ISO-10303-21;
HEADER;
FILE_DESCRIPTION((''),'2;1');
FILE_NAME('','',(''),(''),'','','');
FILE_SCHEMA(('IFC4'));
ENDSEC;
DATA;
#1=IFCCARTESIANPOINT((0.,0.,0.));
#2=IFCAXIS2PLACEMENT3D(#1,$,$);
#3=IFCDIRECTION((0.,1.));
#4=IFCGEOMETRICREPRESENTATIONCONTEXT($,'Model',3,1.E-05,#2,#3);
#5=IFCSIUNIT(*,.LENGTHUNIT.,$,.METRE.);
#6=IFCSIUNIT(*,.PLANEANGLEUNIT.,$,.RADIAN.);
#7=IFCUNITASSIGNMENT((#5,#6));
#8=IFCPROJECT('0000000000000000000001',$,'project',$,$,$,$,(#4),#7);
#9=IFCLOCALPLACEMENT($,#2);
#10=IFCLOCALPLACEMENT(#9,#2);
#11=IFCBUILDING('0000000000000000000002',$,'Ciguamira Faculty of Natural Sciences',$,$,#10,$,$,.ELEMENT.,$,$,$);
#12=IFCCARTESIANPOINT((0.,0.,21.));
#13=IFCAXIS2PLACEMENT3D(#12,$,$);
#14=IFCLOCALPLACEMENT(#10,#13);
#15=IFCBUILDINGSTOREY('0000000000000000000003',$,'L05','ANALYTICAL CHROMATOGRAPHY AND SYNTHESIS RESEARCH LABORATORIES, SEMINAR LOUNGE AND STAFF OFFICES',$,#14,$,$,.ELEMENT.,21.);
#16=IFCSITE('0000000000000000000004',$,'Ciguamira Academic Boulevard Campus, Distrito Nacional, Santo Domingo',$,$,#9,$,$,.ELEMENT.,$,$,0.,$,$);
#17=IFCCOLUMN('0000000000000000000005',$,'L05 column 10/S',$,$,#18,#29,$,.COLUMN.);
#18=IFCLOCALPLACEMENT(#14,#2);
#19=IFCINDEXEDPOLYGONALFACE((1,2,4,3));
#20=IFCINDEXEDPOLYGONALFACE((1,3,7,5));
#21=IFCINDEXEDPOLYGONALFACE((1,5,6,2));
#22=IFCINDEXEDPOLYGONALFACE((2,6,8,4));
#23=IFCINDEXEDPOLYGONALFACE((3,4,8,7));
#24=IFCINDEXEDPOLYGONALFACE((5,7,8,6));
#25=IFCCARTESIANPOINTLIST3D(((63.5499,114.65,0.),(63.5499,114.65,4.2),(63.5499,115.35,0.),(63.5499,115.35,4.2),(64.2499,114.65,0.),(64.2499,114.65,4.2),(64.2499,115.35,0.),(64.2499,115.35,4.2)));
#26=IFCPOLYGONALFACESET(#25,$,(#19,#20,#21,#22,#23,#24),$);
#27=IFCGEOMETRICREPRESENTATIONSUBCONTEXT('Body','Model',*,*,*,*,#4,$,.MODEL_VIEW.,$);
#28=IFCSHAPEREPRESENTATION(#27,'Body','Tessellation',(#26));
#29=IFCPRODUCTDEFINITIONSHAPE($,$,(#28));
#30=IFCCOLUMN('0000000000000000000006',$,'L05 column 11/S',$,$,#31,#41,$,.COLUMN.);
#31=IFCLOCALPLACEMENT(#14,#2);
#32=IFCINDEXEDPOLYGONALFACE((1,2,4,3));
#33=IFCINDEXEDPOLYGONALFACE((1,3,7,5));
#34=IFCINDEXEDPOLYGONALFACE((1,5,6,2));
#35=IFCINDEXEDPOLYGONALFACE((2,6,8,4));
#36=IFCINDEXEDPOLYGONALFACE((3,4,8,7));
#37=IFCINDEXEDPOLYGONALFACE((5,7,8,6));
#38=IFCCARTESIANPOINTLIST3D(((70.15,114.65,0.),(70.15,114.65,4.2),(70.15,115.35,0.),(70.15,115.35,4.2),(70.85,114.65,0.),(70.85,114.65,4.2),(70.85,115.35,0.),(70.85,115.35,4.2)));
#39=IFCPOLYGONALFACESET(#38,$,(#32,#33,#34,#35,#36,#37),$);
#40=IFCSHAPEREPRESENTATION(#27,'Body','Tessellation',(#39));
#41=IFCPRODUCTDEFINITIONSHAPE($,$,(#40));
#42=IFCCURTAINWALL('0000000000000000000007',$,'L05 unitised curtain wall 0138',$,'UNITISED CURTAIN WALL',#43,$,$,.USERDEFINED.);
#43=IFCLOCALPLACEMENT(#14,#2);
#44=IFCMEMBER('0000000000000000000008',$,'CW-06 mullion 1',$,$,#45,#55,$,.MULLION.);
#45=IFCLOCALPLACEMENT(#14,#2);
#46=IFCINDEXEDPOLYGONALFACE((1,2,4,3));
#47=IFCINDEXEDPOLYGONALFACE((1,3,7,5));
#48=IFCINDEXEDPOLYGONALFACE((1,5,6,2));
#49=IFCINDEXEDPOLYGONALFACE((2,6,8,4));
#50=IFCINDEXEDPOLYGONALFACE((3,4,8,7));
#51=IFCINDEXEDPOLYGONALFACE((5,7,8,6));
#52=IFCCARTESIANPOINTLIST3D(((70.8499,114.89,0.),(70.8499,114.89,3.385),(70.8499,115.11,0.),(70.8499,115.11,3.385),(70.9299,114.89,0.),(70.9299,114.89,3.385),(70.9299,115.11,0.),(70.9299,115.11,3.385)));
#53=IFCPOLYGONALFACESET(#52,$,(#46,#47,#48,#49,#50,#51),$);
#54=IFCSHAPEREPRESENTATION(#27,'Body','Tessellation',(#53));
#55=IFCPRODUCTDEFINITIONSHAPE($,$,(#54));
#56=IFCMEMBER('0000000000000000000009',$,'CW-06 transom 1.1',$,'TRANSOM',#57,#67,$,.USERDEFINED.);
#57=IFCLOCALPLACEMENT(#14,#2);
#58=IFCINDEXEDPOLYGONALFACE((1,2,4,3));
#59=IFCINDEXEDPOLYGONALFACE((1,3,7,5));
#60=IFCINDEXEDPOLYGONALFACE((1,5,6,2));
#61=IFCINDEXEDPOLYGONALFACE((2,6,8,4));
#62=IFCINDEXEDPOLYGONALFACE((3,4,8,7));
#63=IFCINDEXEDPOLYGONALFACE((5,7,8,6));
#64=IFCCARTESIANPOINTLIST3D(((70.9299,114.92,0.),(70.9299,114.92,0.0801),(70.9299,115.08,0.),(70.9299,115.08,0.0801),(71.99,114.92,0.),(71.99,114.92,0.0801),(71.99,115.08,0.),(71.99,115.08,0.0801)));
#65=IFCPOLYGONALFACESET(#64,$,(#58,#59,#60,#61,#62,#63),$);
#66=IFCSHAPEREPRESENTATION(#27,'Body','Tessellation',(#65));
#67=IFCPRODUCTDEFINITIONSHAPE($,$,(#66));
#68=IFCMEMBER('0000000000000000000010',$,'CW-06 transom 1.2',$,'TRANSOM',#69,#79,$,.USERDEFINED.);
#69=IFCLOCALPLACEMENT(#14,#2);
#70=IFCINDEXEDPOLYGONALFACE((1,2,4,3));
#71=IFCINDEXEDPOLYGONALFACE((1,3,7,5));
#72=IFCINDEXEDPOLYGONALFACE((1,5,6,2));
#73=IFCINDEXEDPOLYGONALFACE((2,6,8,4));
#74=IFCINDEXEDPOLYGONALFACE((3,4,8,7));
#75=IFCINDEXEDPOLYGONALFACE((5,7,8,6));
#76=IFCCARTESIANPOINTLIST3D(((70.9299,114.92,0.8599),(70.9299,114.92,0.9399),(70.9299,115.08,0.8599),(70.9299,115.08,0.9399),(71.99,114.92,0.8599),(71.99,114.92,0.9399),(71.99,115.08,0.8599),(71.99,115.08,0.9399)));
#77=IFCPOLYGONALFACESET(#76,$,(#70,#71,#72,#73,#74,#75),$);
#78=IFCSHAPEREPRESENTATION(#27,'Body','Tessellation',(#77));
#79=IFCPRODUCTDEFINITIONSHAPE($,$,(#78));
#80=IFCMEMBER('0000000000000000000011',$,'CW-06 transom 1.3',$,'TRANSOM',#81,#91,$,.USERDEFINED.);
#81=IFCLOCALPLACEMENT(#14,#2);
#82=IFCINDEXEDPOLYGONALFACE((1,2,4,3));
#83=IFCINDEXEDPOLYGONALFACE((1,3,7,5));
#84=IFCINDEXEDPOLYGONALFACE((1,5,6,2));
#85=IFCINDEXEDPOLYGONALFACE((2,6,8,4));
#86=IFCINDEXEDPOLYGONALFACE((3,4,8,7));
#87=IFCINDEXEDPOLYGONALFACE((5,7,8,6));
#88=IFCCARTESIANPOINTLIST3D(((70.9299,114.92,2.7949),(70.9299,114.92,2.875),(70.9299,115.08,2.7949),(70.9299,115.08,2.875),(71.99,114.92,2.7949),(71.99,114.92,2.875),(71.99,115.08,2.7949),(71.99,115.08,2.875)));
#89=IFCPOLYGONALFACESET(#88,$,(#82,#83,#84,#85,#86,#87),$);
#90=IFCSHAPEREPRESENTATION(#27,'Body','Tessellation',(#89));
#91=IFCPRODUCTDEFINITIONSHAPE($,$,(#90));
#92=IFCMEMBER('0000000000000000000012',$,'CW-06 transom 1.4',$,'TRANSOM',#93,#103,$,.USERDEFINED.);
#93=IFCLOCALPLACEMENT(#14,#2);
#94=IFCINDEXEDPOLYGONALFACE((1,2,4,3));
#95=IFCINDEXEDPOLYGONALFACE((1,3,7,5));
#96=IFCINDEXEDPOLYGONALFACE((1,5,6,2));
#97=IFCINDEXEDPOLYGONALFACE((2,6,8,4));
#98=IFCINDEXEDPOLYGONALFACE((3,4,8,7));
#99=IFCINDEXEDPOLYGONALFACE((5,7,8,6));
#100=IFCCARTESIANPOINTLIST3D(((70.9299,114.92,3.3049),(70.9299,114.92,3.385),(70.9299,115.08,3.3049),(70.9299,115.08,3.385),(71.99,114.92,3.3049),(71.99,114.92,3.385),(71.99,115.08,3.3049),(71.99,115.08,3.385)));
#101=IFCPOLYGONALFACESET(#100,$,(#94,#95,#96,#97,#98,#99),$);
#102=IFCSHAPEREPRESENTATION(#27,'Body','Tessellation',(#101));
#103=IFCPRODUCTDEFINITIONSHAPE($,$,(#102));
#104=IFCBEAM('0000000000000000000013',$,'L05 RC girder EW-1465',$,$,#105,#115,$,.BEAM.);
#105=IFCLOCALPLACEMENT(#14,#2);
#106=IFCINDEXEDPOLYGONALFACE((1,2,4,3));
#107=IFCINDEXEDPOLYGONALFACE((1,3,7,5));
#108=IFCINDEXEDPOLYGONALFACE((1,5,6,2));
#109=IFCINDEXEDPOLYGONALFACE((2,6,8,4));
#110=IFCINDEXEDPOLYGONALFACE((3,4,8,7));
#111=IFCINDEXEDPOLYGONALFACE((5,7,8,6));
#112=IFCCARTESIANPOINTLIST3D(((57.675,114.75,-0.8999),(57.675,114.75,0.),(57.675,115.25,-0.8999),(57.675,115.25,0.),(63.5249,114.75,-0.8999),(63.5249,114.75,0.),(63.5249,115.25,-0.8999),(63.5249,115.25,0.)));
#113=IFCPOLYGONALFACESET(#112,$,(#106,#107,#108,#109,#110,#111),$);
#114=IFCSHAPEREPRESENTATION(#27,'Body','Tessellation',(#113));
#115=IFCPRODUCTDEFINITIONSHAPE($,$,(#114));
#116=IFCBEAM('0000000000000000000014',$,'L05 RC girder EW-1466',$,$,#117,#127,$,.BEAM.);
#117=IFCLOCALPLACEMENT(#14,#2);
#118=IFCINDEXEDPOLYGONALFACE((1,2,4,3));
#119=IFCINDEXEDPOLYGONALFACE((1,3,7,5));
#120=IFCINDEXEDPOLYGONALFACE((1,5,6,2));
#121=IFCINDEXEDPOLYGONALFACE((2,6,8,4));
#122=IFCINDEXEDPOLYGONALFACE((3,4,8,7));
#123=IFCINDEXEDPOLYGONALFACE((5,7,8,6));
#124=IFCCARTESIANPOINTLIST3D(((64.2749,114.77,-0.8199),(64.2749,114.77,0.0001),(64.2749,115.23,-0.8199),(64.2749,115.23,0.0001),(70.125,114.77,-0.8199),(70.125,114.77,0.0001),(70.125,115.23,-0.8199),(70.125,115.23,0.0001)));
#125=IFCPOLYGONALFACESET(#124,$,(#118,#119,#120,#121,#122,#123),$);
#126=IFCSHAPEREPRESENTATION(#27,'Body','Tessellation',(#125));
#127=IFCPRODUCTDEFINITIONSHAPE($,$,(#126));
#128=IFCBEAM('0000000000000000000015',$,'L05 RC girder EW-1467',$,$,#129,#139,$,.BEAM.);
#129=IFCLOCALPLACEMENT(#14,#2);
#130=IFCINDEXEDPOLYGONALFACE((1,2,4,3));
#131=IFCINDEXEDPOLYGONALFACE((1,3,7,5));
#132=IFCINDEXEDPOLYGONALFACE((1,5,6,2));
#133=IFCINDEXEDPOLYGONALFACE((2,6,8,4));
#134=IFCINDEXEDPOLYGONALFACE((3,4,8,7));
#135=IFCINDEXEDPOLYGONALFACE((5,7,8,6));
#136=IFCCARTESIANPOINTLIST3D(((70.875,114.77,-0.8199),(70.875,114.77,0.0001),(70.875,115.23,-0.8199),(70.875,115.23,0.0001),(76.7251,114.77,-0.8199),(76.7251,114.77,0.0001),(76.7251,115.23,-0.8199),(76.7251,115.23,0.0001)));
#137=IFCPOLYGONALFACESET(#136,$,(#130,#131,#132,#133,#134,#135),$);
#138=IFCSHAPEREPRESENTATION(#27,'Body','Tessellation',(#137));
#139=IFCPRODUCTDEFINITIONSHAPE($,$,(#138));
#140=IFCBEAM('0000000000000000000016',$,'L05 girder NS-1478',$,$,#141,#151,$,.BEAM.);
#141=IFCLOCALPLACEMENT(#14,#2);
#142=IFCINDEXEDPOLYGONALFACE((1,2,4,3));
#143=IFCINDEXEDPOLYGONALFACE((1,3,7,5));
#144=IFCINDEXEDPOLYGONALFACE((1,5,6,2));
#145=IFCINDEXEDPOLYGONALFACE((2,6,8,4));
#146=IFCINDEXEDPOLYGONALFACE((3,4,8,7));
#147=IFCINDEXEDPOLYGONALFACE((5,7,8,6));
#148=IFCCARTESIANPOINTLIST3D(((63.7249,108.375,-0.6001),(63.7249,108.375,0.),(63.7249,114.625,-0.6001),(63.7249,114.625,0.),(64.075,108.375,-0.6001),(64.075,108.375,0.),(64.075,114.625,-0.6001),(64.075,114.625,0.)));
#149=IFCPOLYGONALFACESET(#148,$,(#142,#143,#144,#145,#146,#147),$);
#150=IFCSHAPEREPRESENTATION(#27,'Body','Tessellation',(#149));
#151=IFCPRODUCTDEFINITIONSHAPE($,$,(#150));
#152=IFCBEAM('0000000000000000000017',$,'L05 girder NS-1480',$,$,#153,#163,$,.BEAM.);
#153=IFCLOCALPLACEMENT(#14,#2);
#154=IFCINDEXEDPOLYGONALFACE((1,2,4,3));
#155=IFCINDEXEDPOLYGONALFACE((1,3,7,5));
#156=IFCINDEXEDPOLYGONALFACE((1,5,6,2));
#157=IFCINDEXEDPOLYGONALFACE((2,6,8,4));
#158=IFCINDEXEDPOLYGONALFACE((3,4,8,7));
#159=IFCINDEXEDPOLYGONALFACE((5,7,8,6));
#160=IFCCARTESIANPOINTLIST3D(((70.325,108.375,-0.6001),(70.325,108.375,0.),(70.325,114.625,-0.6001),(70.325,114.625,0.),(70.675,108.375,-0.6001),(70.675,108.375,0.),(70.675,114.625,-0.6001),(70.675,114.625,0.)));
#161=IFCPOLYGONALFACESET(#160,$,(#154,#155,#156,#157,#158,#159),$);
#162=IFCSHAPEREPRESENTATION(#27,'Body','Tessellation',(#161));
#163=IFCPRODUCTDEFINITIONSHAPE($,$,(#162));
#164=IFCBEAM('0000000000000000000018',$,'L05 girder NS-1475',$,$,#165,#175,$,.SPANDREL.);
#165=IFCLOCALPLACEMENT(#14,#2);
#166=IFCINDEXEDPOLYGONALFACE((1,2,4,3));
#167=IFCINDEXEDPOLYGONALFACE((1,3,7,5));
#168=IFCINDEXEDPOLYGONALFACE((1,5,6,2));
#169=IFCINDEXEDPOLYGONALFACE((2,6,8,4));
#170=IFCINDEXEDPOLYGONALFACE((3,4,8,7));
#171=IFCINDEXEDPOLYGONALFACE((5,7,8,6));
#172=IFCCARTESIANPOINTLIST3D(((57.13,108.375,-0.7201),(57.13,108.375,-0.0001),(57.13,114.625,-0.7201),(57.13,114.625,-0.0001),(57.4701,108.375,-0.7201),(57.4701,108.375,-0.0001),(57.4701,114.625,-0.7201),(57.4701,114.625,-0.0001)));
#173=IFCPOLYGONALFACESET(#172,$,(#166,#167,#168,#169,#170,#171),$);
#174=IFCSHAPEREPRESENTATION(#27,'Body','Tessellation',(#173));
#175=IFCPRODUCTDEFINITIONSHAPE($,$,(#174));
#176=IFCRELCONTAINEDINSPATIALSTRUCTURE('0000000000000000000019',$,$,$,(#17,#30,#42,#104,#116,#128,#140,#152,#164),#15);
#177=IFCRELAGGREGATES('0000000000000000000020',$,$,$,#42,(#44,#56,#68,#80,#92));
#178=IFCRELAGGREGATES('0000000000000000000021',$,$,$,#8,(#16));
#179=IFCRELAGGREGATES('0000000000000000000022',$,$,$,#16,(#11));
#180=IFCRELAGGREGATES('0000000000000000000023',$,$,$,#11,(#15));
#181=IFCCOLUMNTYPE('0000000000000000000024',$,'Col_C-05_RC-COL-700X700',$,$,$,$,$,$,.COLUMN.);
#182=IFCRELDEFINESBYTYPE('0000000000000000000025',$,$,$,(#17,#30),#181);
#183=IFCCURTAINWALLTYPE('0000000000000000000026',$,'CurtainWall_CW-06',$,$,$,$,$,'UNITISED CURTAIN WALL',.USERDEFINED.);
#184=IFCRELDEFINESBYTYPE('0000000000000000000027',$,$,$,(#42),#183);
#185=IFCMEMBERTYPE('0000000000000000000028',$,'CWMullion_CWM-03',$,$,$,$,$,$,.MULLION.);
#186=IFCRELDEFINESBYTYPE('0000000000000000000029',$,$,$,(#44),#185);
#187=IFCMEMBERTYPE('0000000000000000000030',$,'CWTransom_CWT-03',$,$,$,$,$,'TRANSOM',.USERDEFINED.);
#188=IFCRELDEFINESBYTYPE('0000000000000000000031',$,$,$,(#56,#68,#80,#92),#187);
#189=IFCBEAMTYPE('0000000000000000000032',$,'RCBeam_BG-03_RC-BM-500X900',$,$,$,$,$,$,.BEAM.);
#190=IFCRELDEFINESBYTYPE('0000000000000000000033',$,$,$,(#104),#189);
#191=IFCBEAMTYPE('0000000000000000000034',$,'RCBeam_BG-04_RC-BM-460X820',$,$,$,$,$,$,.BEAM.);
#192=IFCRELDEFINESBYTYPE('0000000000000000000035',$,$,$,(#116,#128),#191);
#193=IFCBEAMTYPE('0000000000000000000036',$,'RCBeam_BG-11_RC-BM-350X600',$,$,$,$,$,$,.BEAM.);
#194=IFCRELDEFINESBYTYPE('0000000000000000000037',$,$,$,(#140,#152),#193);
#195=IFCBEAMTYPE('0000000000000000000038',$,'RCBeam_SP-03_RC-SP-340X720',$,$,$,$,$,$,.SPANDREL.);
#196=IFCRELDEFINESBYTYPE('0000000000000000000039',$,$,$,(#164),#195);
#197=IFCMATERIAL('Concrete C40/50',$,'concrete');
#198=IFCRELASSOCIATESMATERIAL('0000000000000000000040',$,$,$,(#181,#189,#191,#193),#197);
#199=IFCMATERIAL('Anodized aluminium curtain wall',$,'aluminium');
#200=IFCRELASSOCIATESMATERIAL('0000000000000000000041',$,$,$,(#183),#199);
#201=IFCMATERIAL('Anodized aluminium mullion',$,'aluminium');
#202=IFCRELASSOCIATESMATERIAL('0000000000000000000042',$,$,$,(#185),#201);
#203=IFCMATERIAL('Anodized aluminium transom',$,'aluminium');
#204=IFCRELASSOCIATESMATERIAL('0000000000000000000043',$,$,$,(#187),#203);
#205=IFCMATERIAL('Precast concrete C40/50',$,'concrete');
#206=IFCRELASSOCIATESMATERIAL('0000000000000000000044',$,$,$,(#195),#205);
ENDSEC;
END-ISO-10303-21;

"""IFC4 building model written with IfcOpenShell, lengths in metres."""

from ifc_helpers import new_model, si_unit, direction, frame, origin, origin_2d, place, context, subcontext, project, spatial, rectangle, extrude, material, material_profile, profile_set, type_object, element, aggregate, save


model = new_model("IFC4")

# Units and contexts
model_context = context("Model", 3, precision=1e-05, world=origin(), true_north=direction((0.0, 1.0)))
body_context = subcontext(model_context, "Body", "Model", "MODEL_VIEW")
ifc_project = project(units=[si_unit("LENGTHUNIT", "METRE"), si_unit("PLANEANGLEUNIT", "RADIAN")], contexts=[model_context])

# Site, building, storey
site_placement = place(None, origin())
site = spatial("IfcSite", under=ifc_project, at=site_placement, Name="Ciguamira Academic Boulevard Campus, Distrito Nacional, Santo Domingo", CompositionType="ELEMENT", RefElevation=0.0)
building_placement = place(site_placement, origin())
building = spatial("IfcBuilding", under=site, at=building_placement, Name="Ciguamira Faculty of Natural Sciences", CompositionType="ELEMENT")
storey_placement = place(building_placement, frame((0.0, 0.0, 21.0)))
storey = spatial("IfcBuildingStorey", under=building, at=storey_placement, Name="L05", Description="ANALYTICAL CHROMATOGRAPHY AND SYNTHESIS RESEARCH LABORATORIES, SEMINAR LOUNGE AND STAFF OFFICES", CompositionType="ELEMENT", Elevation=21.0)

# Columns
ifc_material_1 = material(Name="Concrete C40/50", Category="concrete")
ifc_material_profile_1 = material_profile(ifc_material_1, rectangle(XDim=0.7, YDim=0.7, at=origin_2d()), Name="RC-COL-700X700")
ifc_profile_set_1 = profile_set([ifc_material_profile_1], Name="Concrete C40/50")
column_type = type_object("IfcColumnType", Name="Col_C-05_RC-COL-700X700", PredefinedType="COLUMN", material=ifc_profile_set_1)
for number, where, z_axis, x_axis, name in (
    (1, (63.8999, 115.0, 0.0), (0.0, 0.0, 1.0), (1.0, 0.0, 0.0), "L05 column 10/S"),
    (2, (70.5, 115.0, 0.0), (0.0, 0.0, 1.0), (1.0, 0.0, 0.0), "L05 column 11/S"),
):
    element("IfcColumn", number, at=place(storey_placement, frame(where, z_axis=z_axis, x_axis=x_axis)), inside=storey, type_object=column_type, Name=name, PredefinedType="COLUMN", context=body_context, shape_type="SweptSolid", body=[
        extrude(rectangle(XDim=0.7, YDim=0.7, at=origin_2d()), origin(), (0.0, 0.0, 1.0), 4.2),
    ])

# Curtain wall, members
ifc_material_2 = material(Name="Anodized aluminium curtain wall", Category="aluminium")
curtain_wall_type = type_object("IfcCurtainWallType", Name="CurtainWall_CW-06", ElementType="UNITISED CURTAIN WALL", PredefinedType="USERDEFINED", material=ifc_material_2)
curtain_wall_placement = place(storey_placement, origin())
curtain_wall = element("IfcCurtainWall", 3, at=curtain_wall_placement, inside=storey, type_object=curtain_wall_type, Name="L05 unitised curtain wall 0138", ObjectType="UNITISED CURTAIN WALL", PredefinedType="USERDEFINED")
ifc_material_3 = material(Name="Anodized aluminium mullion", Category="aluminium")
ifc_material_profile_2 = material_profile(ifc_material_3, rectangle(XDim=0.0801, YDim=0.22, at=origin_2d()), Name="ALU-MUL-80X220")
ifc_profile_set_2 = profile_set([ifc_material_profile_2], Name="Anodized aluminium mullion")
member_type_1 = type_object("IfcMemberType", Name="CWMullion_CWM-03", PredefinedType="MULLION", material=ifc_profile_set_2)
member_1_placement = place(storey_placement, frame((70.8899, 115.0, 0.0), z_axis=(0.0, 0.0, 1.0), x_axis=(1.0, 0.0, 0.0)))
member_1 = element("IfcMember", 4, at=member_1_placement, type_object=member_type_1, Name="CW-06 mullion 1", PredefinedType="MULLION", context=body_context, shape_type="SweptSolid", body=[
    extrude(rectangle(XDim=0.0801, YDim=0.22, at=origin_2d()), origin(), (0.0, 0.0, 1.0), 3.385),
])
ifc_material_4 = material(Name="Anodized aluminium transom", Category="aluminium")
ifc_material_profile_3 = material_profile(ifc_material_4, rectangle(XDim=0.0801, YDim=0.1599, at=origin_2d()), Name="ALU-TRN-80X160")
ifc_profile_set_3 = profile_set([ifc_material_profile_3], Name="Anodized aluminium transom")
member_type_2 = type_object("IfcMemberType", Name="CWTransom_CWT-03", ElementType="TRANSOM", PredefinedType="USERDEFINED", material=ifc_profile_set_3)
member_2_placement = place(storey_placement, frame((70.9299, 115.0, 0.04), z_axis=(1.0, 0.0, 0.0), x_axis=(0.0, 0.0, 1.0)))
member_2 = element("IfcMember", 5, at=member_2_placement, type_object=member_type_2, Name="CW-06 transom 1.1", ObjectType="TRANSOM", PredefinedType="USERDEFINED", context=body_context, shape_type="SweptSolid", body=[
    extrude(rectangle(XDim=0.0801, YDim=0.1599, at=origin_2d()), origin(), (0.0, 0.0, 1.0), 1.0601),
])
member_3_placement = place(storey_placement, frame((70.9299, 115.0, 0.8999), z_axis=(1.0, 0.0, 0.0), x_axis=(0.0, 0.0, 1.0)))
member_3 = element("IfcMember", 6, at=member_3_placement, type_object=member_type_2, Name="CW-06 transom 1.2", ObjectType="TRANSOM", PredefinedType="USERDEFINED", context=body_context, shape_type="SweptSolid", body=[
    extrude(rectangle(XDim=0.0801, YDim=0.1599, at=origin_2d()), origin(), (0.0, 0.0, 1.0), 1.0601),
])
member_4_placement = place(storey_placement, frame((70.9299, 115.0, 2.835), z_axis=(1.0, 0.0, 0.0), x_axis=(0.0, 0.0, 1.0)))
member_4 = element("IfcMember", 7, at=member_4_placement, type_object=member_type_2, Name="CW-06 transom 1.3", ObjectType="TRANSOM", PredefinedType="USERDEFINED", context=body_context, shape_type="SweptSolid", body=[
    extrude(rectangle(XDim=0.0801, YDim=0.1599, at=origin_2d()), origin(), (0.0, 0.0, 1.0), 1.0601),
])
member_5_placement = place(storey_placement, frame((70.9299, 115.0, 3.345), z_axis=(1.0, 0.0, 0.0), x_axis=(0.0, 0.0, 1.0)))
member_5 = element("IfcMember", 8, at=member_5_placement, type_object=member_type_2, Name="CW-06 transom 1.4", ObjectType="TRANSOM", PredefinedType="USERDEFINED", context=body_context, shape_type="SweptSolid", body=[
    extrude(rectangle(XDim=0.0801, YDim=0.1599, at=origin_2d()), origin(), (0.0, 0.0, 1.0), 1.0601),
])

# Beams
ifc_material_profile_4 = material_profile(ifc_material_1, rectangle(XDim=0.5, YDim=0.8999, at=origin_2d()), Name="RC-BM-500X900")
ifc_profile_set_4 = profile_set([ifc_material_profile_4], Name="Concrete C40/50")
beam_type_1 = type_object("IfcBeamType", Name="RCBeam_BG-03_RC-BM-500X900", PredefinedType="BEAM", material=ifc_profile_set_4)
beam_1_placement = place(storey_placement, frame((57.675, 115.0, -0.45), z_axis=(1.0, 0.0, 0.0), x_axis=(0.0, 1.0, 0.0)))
element("IfcBeam", 9, at=beam_1_placement, inside=storey, type_object=beam_type_1, Name="L05 RC girder EW-1465", PredefinedType="BEAM", context=body_context, shape_type="SweptSolid", body=[
    extrude(rectangle(XDim=0.5, YDim=0.8999, at=origin_2d()), origin(), (0.0, 0.0, 1.0), 5.8499),
])
ifc_material_profile_5 = material_profile(ifc_material_1, rectangle(XDim=0.46, YDim=0.8201, at=origin_2d()), Name="RC-BM-460X820")
ifc_profile_set_5 = profile_set([ifc_material_profile_5], Name="Concrete C40/50")
beam_type_2 = type_object("IfcBeamType", Name="RCBeam_BG-04_RC-BM-460X820", PredefinedType="BEAM", material=ifc_profile_set_5)
for number, where, z_axis, x_axis, name in (
    (10, (64.2749, 115.0, -0.4099), (1.0, 0.0, 0.0), (0.0, 1.0, 0.0), "L05 RC girder EW-1466"),
    (11, (70.875, 115.0, -0.4099), (1.0, 0.0, 0.0), (0.0, 1.0, 0.0), "L05 RC girder EW-1467"),
):
    element("IfcBeam", number, at=place(storey_placement, frame(where, z_axis=z_axis, x_axis=x_axis)), inside=storey, type_object=beam_type_2, Name=name, PredefinedType="BEAM", context=body_context, shape_type="SweptSolid", body=[
        extrude(rectangle(XDim=0.46, YDim=0.8201, at=origin_2d()), origin(), (0.0, 0.0, 1.0), 5.8501),
    ])
ifc_material_profile_6 = material_profile(ifc_material_1, rectangle(XDim=0.3501, YDim=0.6001, at=origin_2d()), Name="RC-BM-350X600")
ifc_profile_set_6 = profile_set([ifc_material_profile_6], Name="Concrete C40/50")
beam_type_3 = type_object("IfcBeamType", Name="RCBeam_BG-11_RC-BM-350X600", PredefinedType="BEAM", material=ifc_profile_set_6)
for number, where, z_axis, x_axis, name in (
    (12, (63.8999, 108.375, -0.3), (0.0, 1.0, 0.0), (-1.0, 0.0, 0.0), "L05 girder NS-1478"),
    (13, (70.5, 108.375, -0.3), (0.0, 1.0, 0.0), (-1.0, 0.0, 0.0), "L05 girder NS-1480"),
):
    element("IfcBeam", number, at=place(storey_placement, frame(where, z_axis=z_axis, x_axis=x_axis)), inside=storey, type_object=beam_type_3, Name=name, PredefinedType="BEAM", context=body_context, shape_type="SweptSolid", body=[
        extrude(rectangle(XDim=0.3501, YDim=0.6001, at=origin_2d()), origin(), (0.0, 0.0, 1.0), 6.25),
    ])
ifc_material_5 = material(Name="Precast concrete C40/50", Category="concrete")
ifc_material_profile_7 = material_profile(ifc_material_5, rectangle(XDim=0.3401, YDim=0.72, at=origin_2d()), Name="RC-SP-340X720")
ifc_profile_set_7 = profile_set([ifc_material_profile_7], Name="Precast concrete C40/50")
beam_type_4 = type_object("IfcBeamType", Name="RCBeam_SP-03_RC-SP-340X720", PredefinedType="SPANDREL", material=ifc_profile_set_7)
beam_2_placement = place(storey_placement, frame((57.3, 108.375, -0.3601), z_axis=(0.0, 1.0, 0.0), x_axis=(-1.0, 0.0, 0.0)))
element("IfcBeam", 14, at=beam_2_placement, inside=storey, type_object=beam_type_4, Name="L05 girder NS-1475", PredefinedType="SPANDREL", context=body_context, shape_type="SweptSolid", body=[
    extrude(rectangle(XDim=0.3401, YDim=0.72, at=origin_2d()), origin(), (0.0, 0.0, 1.0), 6.25),
])

aggregate(curtain_wall, [member_1, member_2, member_3, member_4, member_5])

save(model, "model.ifc")
